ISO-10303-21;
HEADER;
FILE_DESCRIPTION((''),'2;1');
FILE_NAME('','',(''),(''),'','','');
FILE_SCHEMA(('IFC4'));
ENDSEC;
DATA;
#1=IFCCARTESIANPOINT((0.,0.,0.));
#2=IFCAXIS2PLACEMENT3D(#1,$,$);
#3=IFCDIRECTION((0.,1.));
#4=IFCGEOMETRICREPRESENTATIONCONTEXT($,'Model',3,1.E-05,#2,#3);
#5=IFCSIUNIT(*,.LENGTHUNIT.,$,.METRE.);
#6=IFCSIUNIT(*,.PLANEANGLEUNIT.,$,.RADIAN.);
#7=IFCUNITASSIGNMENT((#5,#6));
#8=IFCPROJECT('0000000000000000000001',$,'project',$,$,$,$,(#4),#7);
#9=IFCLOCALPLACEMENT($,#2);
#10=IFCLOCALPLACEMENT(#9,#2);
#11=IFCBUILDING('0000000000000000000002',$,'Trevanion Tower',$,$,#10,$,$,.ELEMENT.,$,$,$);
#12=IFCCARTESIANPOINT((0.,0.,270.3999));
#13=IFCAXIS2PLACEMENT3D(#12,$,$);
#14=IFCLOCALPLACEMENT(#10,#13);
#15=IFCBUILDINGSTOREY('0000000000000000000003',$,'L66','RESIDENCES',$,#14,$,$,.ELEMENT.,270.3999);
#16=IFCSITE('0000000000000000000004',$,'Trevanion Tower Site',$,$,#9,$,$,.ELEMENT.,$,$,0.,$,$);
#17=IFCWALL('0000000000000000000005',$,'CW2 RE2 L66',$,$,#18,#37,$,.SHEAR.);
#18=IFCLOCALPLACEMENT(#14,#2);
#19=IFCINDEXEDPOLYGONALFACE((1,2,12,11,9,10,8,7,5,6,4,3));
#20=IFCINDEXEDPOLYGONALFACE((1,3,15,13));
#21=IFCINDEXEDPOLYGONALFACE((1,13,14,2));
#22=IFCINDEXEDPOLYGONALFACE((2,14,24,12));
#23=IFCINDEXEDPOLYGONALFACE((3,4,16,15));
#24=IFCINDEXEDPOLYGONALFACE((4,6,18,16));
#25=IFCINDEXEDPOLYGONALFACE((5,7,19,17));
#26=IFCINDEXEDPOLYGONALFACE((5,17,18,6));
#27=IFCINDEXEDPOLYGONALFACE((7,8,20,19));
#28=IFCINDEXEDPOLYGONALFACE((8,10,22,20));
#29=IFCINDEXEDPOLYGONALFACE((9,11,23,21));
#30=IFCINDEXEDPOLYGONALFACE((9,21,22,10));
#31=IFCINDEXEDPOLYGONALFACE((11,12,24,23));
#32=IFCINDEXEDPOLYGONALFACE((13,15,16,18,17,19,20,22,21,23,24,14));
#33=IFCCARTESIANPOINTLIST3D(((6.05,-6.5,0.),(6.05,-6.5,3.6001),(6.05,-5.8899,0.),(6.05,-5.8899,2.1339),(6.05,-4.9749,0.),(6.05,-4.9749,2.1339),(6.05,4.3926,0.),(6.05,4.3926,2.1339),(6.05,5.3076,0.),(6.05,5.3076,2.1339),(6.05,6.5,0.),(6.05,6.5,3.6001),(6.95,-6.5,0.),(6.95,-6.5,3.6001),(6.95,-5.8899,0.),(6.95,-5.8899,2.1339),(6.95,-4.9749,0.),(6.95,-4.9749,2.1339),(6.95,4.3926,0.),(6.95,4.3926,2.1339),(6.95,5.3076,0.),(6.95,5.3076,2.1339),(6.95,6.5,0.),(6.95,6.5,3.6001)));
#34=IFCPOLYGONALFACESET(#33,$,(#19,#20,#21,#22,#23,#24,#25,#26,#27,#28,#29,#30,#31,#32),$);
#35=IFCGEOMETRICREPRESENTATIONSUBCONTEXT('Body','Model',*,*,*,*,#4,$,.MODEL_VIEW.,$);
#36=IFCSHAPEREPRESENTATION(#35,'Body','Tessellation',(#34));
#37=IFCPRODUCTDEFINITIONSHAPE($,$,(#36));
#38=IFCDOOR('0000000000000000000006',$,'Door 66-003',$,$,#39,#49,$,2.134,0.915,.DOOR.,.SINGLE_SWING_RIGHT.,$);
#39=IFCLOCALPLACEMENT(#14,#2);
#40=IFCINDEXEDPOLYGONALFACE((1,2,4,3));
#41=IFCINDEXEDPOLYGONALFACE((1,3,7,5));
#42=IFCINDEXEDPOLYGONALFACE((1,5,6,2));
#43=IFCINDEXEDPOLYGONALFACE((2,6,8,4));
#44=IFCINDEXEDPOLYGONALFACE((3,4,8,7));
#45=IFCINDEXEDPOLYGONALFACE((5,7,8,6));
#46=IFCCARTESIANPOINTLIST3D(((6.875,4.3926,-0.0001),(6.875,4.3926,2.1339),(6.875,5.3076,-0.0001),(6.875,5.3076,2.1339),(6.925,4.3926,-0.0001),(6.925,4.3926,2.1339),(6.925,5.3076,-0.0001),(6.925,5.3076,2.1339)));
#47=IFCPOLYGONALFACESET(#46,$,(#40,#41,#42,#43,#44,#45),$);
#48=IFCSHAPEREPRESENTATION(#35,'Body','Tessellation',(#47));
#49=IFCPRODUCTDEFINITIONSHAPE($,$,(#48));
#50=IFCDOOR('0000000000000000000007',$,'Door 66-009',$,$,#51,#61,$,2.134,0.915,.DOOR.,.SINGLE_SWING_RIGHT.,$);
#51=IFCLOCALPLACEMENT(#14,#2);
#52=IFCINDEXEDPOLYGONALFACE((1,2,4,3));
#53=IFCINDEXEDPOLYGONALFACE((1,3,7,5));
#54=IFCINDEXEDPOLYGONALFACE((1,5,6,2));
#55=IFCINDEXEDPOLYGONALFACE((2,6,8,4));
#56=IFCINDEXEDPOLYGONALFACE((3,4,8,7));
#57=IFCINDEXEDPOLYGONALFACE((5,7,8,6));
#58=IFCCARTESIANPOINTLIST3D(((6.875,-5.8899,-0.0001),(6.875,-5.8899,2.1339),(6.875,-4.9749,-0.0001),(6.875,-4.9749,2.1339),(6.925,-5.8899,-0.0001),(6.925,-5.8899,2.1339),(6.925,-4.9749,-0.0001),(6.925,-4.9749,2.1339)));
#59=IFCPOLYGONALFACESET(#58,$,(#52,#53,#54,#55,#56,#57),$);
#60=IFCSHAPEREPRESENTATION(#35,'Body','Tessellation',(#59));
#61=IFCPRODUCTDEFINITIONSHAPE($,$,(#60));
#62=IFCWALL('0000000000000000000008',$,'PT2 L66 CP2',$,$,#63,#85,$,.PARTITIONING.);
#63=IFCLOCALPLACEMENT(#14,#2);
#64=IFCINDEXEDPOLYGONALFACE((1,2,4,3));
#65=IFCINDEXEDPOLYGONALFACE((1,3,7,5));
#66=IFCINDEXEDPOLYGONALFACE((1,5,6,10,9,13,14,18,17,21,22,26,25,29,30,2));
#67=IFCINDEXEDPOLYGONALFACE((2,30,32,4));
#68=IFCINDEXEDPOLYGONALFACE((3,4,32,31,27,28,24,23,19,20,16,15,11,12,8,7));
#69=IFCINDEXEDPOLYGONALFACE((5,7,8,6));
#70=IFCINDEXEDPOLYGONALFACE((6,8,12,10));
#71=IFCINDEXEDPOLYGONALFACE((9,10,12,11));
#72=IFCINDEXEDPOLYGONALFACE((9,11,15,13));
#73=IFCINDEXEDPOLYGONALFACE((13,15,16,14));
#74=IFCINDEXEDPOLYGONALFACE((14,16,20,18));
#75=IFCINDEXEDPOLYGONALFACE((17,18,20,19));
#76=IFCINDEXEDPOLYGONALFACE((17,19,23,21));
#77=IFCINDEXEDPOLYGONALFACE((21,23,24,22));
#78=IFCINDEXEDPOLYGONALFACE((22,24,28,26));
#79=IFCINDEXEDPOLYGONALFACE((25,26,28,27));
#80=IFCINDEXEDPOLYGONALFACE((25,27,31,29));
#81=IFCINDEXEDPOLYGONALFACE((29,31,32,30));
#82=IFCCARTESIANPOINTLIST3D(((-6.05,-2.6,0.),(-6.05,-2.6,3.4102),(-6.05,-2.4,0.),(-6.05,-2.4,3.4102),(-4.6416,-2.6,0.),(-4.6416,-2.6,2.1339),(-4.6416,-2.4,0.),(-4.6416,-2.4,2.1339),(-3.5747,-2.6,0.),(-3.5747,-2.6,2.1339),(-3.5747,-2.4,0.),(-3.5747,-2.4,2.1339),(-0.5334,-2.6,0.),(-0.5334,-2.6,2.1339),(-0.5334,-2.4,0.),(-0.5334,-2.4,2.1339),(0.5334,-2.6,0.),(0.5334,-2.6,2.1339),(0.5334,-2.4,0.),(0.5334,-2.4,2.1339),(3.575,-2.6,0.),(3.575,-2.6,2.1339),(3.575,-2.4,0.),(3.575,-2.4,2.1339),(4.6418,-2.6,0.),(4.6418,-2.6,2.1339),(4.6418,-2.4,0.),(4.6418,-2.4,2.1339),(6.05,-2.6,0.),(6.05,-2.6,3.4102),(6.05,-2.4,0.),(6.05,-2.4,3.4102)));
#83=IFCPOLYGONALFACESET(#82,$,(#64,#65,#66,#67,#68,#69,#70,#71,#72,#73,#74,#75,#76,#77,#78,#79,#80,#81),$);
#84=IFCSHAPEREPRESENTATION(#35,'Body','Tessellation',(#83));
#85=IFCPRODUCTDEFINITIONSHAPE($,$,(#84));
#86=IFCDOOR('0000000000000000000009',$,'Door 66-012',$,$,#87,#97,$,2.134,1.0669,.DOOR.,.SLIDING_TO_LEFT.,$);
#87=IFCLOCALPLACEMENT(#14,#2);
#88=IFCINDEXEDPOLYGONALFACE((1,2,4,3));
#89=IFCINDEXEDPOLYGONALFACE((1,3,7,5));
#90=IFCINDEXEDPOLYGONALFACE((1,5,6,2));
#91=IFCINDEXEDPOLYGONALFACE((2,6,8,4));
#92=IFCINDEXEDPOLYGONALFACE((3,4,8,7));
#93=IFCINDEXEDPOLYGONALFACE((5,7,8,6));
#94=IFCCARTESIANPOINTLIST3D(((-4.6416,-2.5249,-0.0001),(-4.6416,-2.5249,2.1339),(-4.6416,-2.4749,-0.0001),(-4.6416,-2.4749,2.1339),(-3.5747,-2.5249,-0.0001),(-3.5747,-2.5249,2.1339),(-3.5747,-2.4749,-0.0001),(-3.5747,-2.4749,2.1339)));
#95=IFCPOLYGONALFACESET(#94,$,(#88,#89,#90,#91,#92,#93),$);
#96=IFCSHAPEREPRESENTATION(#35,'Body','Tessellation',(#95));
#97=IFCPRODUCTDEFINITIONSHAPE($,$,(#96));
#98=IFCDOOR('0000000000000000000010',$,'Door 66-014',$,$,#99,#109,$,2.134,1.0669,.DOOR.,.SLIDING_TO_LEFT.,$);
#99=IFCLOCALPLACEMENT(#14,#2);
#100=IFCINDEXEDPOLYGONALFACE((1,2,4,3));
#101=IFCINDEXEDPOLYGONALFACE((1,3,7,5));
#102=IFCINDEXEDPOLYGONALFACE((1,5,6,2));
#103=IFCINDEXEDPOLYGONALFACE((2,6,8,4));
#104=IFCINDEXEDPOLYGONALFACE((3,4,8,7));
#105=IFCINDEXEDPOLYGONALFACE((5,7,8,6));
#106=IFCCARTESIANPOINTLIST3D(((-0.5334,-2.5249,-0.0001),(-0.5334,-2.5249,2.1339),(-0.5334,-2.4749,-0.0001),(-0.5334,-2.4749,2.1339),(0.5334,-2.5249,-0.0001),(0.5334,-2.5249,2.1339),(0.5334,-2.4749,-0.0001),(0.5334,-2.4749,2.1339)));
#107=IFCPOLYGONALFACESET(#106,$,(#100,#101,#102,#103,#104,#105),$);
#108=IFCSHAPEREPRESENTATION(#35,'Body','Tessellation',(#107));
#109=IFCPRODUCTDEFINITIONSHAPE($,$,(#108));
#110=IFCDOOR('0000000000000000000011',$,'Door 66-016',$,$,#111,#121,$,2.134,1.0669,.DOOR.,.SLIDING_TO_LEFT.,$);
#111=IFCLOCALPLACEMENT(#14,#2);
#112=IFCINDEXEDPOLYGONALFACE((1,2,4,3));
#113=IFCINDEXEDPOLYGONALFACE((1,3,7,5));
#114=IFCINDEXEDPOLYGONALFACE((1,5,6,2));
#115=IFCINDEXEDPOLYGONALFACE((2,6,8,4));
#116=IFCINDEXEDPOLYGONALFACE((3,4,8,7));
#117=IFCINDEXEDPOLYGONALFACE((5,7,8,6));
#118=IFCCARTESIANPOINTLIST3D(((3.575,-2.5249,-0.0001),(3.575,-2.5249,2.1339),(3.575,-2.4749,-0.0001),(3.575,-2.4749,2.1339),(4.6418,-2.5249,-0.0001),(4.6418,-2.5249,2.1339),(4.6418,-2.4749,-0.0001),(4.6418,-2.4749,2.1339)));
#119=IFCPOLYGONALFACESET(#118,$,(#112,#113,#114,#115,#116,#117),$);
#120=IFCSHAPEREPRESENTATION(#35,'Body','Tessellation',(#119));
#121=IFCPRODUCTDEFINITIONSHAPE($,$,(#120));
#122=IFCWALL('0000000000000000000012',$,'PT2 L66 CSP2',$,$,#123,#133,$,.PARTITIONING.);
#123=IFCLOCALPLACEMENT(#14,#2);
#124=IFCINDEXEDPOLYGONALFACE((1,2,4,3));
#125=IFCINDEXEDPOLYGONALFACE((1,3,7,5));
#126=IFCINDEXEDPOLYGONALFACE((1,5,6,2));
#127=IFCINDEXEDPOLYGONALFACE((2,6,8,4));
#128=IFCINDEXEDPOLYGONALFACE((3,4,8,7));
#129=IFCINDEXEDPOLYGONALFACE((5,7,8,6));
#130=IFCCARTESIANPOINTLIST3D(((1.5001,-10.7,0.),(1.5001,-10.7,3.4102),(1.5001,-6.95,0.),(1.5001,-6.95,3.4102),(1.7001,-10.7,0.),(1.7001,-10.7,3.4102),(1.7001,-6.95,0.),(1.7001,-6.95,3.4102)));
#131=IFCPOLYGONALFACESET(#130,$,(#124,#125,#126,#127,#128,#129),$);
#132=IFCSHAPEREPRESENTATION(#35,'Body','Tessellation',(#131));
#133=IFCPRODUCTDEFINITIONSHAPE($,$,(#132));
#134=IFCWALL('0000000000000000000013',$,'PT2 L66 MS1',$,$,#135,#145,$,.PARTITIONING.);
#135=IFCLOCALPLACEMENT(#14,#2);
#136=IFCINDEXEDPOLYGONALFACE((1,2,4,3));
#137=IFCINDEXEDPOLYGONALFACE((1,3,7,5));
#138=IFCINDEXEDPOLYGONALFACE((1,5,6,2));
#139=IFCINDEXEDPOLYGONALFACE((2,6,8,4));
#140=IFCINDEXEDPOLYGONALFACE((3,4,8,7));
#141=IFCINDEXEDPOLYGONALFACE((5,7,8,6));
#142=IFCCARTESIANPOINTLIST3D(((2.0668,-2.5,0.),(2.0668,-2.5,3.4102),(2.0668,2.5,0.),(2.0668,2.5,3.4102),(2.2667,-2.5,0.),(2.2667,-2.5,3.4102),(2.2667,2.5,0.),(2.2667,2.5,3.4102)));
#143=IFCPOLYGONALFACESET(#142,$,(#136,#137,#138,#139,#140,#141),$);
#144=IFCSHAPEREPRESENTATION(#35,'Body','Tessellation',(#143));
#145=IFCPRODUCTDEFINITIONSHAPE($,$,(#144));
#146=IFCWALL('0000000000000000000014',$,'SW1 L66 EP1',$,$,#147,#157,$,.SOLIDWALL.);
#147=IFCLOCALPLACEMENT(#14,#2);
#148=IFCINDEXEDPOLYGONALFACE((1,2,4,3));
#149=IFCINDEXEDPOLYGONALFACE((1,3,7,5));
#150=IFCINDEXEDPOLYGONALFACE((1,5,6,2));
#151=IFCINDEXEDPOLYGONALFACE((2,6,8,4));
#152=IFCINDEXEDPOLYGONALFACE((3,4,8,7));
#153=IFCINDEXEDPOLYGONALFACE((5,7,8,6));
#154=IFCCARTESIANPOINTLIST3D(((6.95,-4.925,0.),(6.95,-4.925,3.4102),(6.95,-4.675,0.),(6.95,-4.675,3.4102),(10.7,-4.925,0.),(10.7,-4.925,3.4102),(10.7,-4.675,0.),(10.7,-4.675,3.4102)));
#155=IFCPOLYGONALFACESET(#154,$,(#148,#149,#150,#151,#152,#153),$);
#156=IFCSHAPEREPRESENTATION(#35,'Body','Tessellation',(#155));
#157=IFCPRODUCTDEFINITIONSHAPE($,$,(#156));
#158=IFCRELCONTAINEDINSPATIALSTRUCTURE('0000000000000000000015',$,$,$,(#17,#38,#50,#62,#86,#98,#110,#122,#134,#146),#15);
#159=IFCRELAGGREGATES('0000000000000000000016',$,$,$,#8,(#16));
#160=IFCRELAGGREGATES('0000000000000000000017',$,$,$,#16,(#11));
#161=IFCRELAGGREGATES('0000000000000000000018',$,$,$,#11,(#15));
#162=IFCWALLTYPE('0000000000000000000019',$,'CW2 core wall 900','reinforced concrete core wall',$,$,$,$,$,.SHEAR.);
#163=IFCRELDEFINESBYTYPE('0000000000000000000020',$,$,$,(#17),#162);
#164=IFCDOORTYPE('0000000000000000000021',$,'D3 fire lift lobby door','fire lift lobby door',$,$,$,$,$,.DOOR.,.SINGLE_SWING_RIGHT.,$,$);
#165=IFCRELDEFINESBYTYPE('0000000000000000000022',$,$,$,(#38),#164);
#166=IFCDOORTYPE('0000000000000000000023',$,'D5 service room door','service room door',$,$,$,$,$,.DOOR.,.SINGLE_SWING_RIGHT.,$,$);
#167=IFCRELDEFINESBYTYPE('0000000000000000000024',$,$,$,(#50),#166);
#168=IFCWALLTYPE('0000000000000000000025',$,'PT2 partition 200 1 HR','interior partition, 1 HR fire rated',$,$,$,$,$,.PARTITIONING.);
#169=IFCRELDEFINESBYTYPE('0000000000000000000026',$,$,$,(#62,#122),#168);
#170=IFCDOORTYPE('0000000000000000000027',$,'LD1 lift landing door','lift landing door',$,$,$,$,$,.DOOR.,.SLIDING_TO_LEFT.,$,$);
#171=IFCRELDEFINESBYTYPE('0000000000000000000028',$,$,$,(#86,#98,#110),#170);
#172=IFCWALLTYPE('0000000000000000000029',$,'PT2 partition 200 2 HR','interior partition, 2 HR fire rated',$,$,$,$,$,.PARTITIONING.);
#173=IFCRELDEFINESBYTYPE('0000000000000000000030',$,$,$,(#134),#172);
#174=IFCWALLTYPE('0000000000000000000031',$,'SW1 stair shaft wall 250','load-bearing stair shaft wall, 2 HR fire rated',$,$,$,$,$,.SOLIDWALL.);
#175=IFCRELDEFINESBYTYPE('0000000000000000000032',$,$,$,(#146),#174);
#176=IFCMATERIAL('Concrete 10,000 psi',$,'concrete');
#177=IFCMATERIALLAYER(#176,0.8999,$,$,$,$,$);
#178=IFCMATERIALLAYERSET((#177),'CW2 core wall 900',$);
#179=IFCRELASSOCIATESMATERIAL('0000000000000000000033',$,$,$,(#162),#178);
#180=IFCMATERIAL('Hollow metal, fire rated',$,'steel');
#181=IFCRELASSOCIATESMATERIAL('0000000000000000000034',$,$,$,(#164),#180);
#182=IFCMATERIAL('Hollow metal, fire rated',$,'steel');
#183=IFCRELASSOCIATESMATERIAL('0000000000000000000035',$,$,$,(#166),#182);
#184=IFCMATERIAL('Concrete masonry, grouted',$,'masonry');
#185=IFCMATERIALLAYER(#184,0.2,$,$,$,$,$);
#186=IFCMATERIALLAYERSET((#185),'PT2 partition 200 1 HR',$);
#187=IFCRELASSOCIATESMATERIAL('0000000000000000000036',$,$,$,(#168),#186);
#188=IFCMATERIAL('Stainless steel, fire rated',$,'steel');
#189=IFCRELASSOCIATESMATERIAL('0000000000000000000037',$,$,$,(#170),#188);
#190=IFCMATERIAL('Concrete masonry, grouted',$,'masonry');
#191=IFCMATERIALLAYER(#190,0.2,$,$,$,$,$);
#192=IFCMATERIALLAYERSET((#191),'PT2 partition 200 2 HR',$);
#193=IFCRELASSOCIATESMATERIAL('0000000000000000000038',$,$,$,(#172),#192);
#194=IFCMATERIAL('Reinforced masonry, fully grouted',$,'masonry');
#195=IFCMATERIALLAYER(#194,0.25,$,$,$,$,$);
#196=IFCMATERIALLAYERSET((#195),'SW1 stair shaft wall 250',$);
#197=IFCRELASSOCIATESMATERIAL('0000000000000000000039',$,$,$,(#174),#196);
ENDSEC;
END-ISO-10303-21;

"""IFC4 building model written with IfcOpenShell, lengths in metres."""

from ifc_helpers import new_model, si_unit, direction, frame, frame_2d, origin, place, context, subcontext, project, spatial, rectangle, extrude, material, layer, layer_set, type_object, element, fill, save


model = new_model("IFC4")

# Units and contexts
model_context = context("Model", 3, precision=1e-05, world=origin(), true_north=direction((0.0, 1.0)))
body_context = subcontext(model_context, "Body", "Model", "MODEL_VIEW")
ifc_project = project(units=[si_unit("LENGTHUNIT", "METRE"), si_unit("PLANEANGLEUNIT", "RADIAN")], contexts=[model_context])

# Site, building, storey
site_placement = place(None, origin())
site = spatial("IfcSite", under=ifc_project, at=site_placement, Name="Trevanion Tower Site", CompositionType="ELEMENT", RefElevation=0.0)
building_placement = place(site_placement, origin())
building = spatial("IfcBuilding", under=site, at=building_placement, Name="Trevanion Tower", CompositionType="ELEMENT")
storey_placement = place(building_placement, frame((0.0, 0.0, 270.3999)))
storey = spatial("IfcBuildingStorey", under=building, at=storey_placement, Name="L66", Description="RESIDENCES", CompositionType="ELEMENT", Elevation=270.3999)

# Walls, openings, doors
ifc_material_1 = material(Name="Concrete 10,000 psi", Category="concrete")
ifc_layer_1 = layer(ifc_material_1, 0.8999)
ifc_layer_set_1 = layer_set([ifc_layer_1], Name="CW2 core wall 900")
wall_type_1 = type_object("IfcWallType", Name="CW2 core wall 900", Description="reinforced concrete core wall", PredefinedType="SHEAR", material=ifc_layer_set_1)
wall_1_placement = place(storey_placement, frame((6.5, -6.5, 0.0), z_axis=(0.0, 0.0, 1.0), x_axis=(0.0, 1.0, 0.0)))
wall_1 = element("IfcWall", 1, at=wall_1_placement, inside=storey, type_object=wall_type_1, Name="CW2 RE2 L66", PredefinedType="SHEAR", context=body_context, shape_type="SweptSolid", body=[
    extrude(rectangle(XDim=13.0, YDim=0.8999, at=frame_2d((6.5, 0.0))), origin(), (0.0, 0.0, 1.0), 3.6001),
])
opening_1_placement = place(wall_1_placement, frame((10.8926, 0.0, 0.0)))
opening_1 = element("IfcOpeningElement", 2, at=opening_1_placement, cuts=wall_1, PredefinedType="OPENING", context=body_context, shape_type="SweptSolid", body=[
    extrude(rectangle(XDim=0.915, YDim=2.134, at=frame_2d((0.4575, 1.0669))), frame((0.0, 0.46, 0.0), z_axis=(0.0, -1.0, 0.0), x_axis=(1.0, 0.0, 0.0)), (0.0, 0.0, 1.0), 0.9199),
])
opening_2_placement = place(wall_1_placement, frame((0.6101, 0.0, 0.0)))
opening_2 = element("IfcOpeningElement", 3, at=opening_2_placement, cuts=wall_1, PredefinedType="OPENING", context=body_context, shape_type="SweptSolid", body=[
    extrude(rectangle(XDim=0.915, YDim=2.134, at=frame_2d((0.4575, 1.0669))), frame((0.0, 0.46, 0.0), z_axis=(0.0, -1.0, 0.0), x_axis=(1.0, 0.0, 0.0)), (0.0, 0.0, 1.0), 0.9199),
])
ifc_material_2 = material(Name="Hollow metal, fire rated", Category="steel")
door_type_1 = type_object("IfcDoorType", Name="D3 fire lift lobby door", Description="fire lift lobby door", OperationType="SINGLE_SWING_RIGHT", PredefinedType="DOOR", material=ifc_material_2)
door_1_placement = place(opening_1_placement, origin())
door_1 = element("IfcDoor", 4, at=door_1_placement, inside=storey, type_object=door_type_1, Name="Door 66-003", OperationType="SINGLE_SWING_RIGHT", OverallHeight=2.134, OverallWidth=0.915, PredefinedType="DOOR", context=body_context, shape_type="SweptSolid", body=[
    extrude(rectangle(XDim=0.915, YDim=2.134, at=frame_2d((0.4575, 1.0669))), frame((0.0, -0.375, 0.0), z_axis=(0.0, -1.0, 0.0), x_axis=(1.0, 0.0, 0.0)), (0.0, 0.0, 1.0), 0.05),
])
fill(opening_1, door_1)
ifc_material_3 = material(Name="Hollow metal, fire rated", Category="steel")
door_type_2 = type_object("IfcDoorType", Name="D5 service room door", Description="service room door", OperationType="SINGLE_SWING_RIGHT", PredefinedType="DOOR", material=ifc_material_3)
door_2_placement = place(opening_2_placement, origin())
door_2 = element("IfcDoor", 5, at=door_2_placement, inside=storey, type_object=door_type_2, Name="Door 66-009", OperationType="SINGLE_SWING_RIGHT", OverallHeight=2.134, OverallWidth=0.915, PredefinedType="DOOR", context=body_context, shape_type="SweptSolid", body=[
    extrude(rectangle(XDim=0.915, YDim=2.134, at=frame_2d((0.4575, 1.0669))), frame((0.0, -0.375, 0.0), z_axis=(0.0, -1.0, 0.0), x_axis=(1.0, 0.0, 0.0)), (0.0, 0.0, 1.0), 0.05),
])
fill(opening_2, door_2)
ifc_material_4 = material(Name="Concrete masonry, grouted", Category="masonry")
ifc_layer_2 = layer(ifc_material_4, 0.2)
ifc_layer_set_2 = layer_set([ifc_layer_2], Name="PT2 partition 200 1 HR")
wall_type_2 = type_object("IfcWallType", Name="PT2 partition 200 1 HR", Description="interior partition, 1 HR fire rated", PredefinedType="PARTITIONING", material=ifc_layer_set_2)
wall_2_placement = place(storey_placement, frame((6.05, -2.5, 0.0), z_axis=(0.0, 0.0, 1.0), x_axis=(-1.0, 0.0, 0.0)))
wall_2 = element("IfcWall", 6, at=wall_2_placement, inside=storey, type_object=wall_type_2, Name="PT2 L66 CP2", PredefinedType="PARTITIONING", context=body_context, shape_type="SweptSolid", body=[
    extrude(rectangle(XDim=12.1001, YDim=0.2, at=frame_2d((6.05, 0.0))), origin(), (0.0, 0.0, 1.0), 3.4102),
])
opening_3_placement = place(wall_2_placement, frame((9.6248, 0.0, 0.0)))
opening_3 = element("IfcOpeningElement", 7, at=opening_3_placement, cuts=wall_2, PredefinedType="OPENING", context=body_context, shape_type="SweptSolid", body=[
    extrude(rectangle(XDim=1.0669, YDim=2.134, at=frame_2d((0.5334, 1.0669))), frame((0.0, 0.1099, 0.0), z_axis=(0.0, -1.0, 0.0), x_axis=(1.0, 0.0, 0.0)), (0.0, 0.0, 1.0), 0.22),
])
opening_4_placement = place(wall_2_placement, frame((5.5166, 0.0, 0.0)))
opening_4 = element("IfcOpeningElement", 8, at=opening_4_placement, cuts=wall_2, PredefinedType="OPENING", context=body_context, shape_type="SweptSolid", body=[
    extrude(rectangle(XDim=1.0669, YDim=2.134, at=frame_2d((0.5334, 1.0669))), frame((0.0, 0.1099, 0.0), z_axis=(0.0, -1.0, 0.0), x_axis=(1.0, 0.0, 0.0)), (0.0, 0.0, 1.0), 0.22),
])
opening_5_placement = place(wall_2_placement, frame((1.4082, 0.0, 0.0)))
opening_5 = element("IfcOpeningElement", 9, at=opening_5_placement, cuts=wall_2, PredefinedType="OPENING", context=body_context, shape_type="SweptSolid", body=[
    extrude(rectangle(XDim=1.0669, YDim=2.134, at=frame_2d((0.5334, 1.0669))), frame((0.0, 0.1099, 0.0), z_axis=(0.0, -1.0, 0.0), x_axis=(1.0, 0.0, 0.0)), (0.0, 0.0, 1.0), 0.22),
])
ifc_material_5 = material(Name="Stainless steel, fire rated", Category="steel")
door_type_3 = type_object("IfcDoorType", Name="LD1 lift landing door", Description="lift landing door", OperationType="SLIDING_TO_LEFT", PredefinedType="DOOR", material=ifc_material_5)
door_3_placement = place(opening_3_placement, origin())
door_3 = element("IfcDoor", 10, at=door_3_placement, inside=storey, type_object=door_type_3, Name="Door 66-012", OperationType="SLIDING_TO_LEFT", OverallHeight=2.134, OverallWidth=1.0669, PredefinedType="DOOR", context=body_context, shape_type="SweptSolid", body=[
    extrude(rectangle(XDim=1.0669, YDim=2.134, at=frame_2d((0.5334, 1.0669))), frame((0.0, 0.0249, 0.0), z_axis=(0.0, -1.0, 0.0), x_axis=(1.0, 0.0, 0.0)), (0.0, 0.0, 1.0), 0.05),
])
fill(opening_3, door_3)
door_4_placement = place(opening_4_placement, origin())
door_4 = element("IfcDoor", 11, at=door_4_placement, inside=storey, type_object=door_type_3, Name="Door 66-014", OperationType="SLIDING_TO_LEFT", OverallHeight=2.134, OverallWidth=1.0669, PredefinedType="DOOR", context=body_context, shape_type="SweptSolid", body=[
    extrude(rectangle(XDim=1.0669, YDim=2.134, at=frame_2d((0.5334, 1.0669))), frame((0.0, 0.0249, 0.0), z_axis=(0.0, -1.0, 0.0), x_axis=(1.0, 0.0, 0.0)), (0.0, 0.0, 1.0), 0.05),
])
fill(opening_4, door_4)
door_5_placement = place(opening_5_placement, origin())
door_5 = element("IfcDoor", 12, at=door_5_placement, inside=storey, type_object=door_type_3, Name="Door 66-016", OperationType="SLIDING_TO_LEFT", OverallHeight=2.134, OverallWidth=1.0669, PredefinedType="DOOR", context=body_context, shape_type="SweptSolid", body=[
    extrude(rectangle(XDim=1.0669, YDim=2.134, at=frame_2d((0.5334, 1.0669))), frame((0.0, 0.0249, 0.0), z_axis=(0.0, -1.0, 0.0), x_axis=(1.0, 0.0, 0.0)), (0.0, 0.0, 1.0), 0.05),
])
fill(opening_5, door_5)

# Walls
wall_3_placement = place(storey_placement, frame((1.6001, -6.95, 0.0), z_axis=(0.0, 0.0, 1.0), x_axis=(0.0, -1.0, 0.0)))
element("IfcWall", 13, at=wall_3_placement, inside=storey, type_object=wall_type_2, Name="PT2 L66 CSP2", PredefinedType="PARTITIONING", context=body_context, shape_type="SweptSolid", body=[
    extrude(rectangle(XDim=3.75, YDim=0.2, at=frame_2d((1.875, 0.0))), origin(), (0.0, 0.0, 1.0), 3.4102),
])
ifc_material_6 = material(Name="Concrete masonry, grouted", Category="masonry")
ifc_layer_3 = layer(ifc_material_6, 0.2)
ifc_layer_set_3 = layer_set([ifc_layer_3], Name="PT2 partition 200 2 HR")
wall_type_3 = type_object("IfcWallType", Name="PT2 partition 200 2 HR", Description="interior partition, 2 HR fire rated", PredefinedType="PARTITIONING", material=ifc_layer_set_3)
wall_4_placement = place(storey_placement, frame((2.1667, -2.5, 0.0), z_axis=(0.0, 0.0, 1.0), x_axis=(0.0, 1.0, 0.0)))
element("IfcWall", 14, at=wall_4_placement, inside=storey, type_object=wall_type_3, Name="PT2 L66 MS1", PredefinedType="PARTITIONING", context=body_context, shape_type="SweptSolid", body=[
    extrude(rectangle(XDim=5.0, YDim=0.2, at=frame_2d((2.5, 0.0))), origin(), (0.0, 0.0, 1.0), 3.4102),
])
ifc_material_7 = material(Name="Reinforced masonry, fully grouted", Category="masonry")
ifc_layer_4 = layer(ifc_material_7, 0.25)
ifc_layer_set_4 = layer_set([ifc_layer_4], Name="SW1 stair shaft wall 250")
wall_type_4 = type_object("IfcWallType", Name="SW1 stair shaft wall 250", Description="load-bearing stair shaft wall, 2 HR fire rated", PredefinedType="SOLIDWALL", material=ifc_layer_set_4)
wall_5_placement = place(storey_placement, frame((6.95, -4.8, 0.0), z_axis=(0.0, 0.0, 1.0), x_axis=(1.0, 0.0, 0.0)))
element("IfcWall", 15, at=wall_5_placement, inside=storey, type_object=wall_type_4, Name="SW1 L66 EP1", PredefinedType="SOLIDWALL", context=body_context, shape_type="SweptSolid", body=[
    extrude(rectangle(XDim=3.75, YDim=0.25, at=frame_2d((1.875, 0.0))), origin(), (0.0, 0.0, 1.0), 3.4102),
])

save(model, "model.ifc")
